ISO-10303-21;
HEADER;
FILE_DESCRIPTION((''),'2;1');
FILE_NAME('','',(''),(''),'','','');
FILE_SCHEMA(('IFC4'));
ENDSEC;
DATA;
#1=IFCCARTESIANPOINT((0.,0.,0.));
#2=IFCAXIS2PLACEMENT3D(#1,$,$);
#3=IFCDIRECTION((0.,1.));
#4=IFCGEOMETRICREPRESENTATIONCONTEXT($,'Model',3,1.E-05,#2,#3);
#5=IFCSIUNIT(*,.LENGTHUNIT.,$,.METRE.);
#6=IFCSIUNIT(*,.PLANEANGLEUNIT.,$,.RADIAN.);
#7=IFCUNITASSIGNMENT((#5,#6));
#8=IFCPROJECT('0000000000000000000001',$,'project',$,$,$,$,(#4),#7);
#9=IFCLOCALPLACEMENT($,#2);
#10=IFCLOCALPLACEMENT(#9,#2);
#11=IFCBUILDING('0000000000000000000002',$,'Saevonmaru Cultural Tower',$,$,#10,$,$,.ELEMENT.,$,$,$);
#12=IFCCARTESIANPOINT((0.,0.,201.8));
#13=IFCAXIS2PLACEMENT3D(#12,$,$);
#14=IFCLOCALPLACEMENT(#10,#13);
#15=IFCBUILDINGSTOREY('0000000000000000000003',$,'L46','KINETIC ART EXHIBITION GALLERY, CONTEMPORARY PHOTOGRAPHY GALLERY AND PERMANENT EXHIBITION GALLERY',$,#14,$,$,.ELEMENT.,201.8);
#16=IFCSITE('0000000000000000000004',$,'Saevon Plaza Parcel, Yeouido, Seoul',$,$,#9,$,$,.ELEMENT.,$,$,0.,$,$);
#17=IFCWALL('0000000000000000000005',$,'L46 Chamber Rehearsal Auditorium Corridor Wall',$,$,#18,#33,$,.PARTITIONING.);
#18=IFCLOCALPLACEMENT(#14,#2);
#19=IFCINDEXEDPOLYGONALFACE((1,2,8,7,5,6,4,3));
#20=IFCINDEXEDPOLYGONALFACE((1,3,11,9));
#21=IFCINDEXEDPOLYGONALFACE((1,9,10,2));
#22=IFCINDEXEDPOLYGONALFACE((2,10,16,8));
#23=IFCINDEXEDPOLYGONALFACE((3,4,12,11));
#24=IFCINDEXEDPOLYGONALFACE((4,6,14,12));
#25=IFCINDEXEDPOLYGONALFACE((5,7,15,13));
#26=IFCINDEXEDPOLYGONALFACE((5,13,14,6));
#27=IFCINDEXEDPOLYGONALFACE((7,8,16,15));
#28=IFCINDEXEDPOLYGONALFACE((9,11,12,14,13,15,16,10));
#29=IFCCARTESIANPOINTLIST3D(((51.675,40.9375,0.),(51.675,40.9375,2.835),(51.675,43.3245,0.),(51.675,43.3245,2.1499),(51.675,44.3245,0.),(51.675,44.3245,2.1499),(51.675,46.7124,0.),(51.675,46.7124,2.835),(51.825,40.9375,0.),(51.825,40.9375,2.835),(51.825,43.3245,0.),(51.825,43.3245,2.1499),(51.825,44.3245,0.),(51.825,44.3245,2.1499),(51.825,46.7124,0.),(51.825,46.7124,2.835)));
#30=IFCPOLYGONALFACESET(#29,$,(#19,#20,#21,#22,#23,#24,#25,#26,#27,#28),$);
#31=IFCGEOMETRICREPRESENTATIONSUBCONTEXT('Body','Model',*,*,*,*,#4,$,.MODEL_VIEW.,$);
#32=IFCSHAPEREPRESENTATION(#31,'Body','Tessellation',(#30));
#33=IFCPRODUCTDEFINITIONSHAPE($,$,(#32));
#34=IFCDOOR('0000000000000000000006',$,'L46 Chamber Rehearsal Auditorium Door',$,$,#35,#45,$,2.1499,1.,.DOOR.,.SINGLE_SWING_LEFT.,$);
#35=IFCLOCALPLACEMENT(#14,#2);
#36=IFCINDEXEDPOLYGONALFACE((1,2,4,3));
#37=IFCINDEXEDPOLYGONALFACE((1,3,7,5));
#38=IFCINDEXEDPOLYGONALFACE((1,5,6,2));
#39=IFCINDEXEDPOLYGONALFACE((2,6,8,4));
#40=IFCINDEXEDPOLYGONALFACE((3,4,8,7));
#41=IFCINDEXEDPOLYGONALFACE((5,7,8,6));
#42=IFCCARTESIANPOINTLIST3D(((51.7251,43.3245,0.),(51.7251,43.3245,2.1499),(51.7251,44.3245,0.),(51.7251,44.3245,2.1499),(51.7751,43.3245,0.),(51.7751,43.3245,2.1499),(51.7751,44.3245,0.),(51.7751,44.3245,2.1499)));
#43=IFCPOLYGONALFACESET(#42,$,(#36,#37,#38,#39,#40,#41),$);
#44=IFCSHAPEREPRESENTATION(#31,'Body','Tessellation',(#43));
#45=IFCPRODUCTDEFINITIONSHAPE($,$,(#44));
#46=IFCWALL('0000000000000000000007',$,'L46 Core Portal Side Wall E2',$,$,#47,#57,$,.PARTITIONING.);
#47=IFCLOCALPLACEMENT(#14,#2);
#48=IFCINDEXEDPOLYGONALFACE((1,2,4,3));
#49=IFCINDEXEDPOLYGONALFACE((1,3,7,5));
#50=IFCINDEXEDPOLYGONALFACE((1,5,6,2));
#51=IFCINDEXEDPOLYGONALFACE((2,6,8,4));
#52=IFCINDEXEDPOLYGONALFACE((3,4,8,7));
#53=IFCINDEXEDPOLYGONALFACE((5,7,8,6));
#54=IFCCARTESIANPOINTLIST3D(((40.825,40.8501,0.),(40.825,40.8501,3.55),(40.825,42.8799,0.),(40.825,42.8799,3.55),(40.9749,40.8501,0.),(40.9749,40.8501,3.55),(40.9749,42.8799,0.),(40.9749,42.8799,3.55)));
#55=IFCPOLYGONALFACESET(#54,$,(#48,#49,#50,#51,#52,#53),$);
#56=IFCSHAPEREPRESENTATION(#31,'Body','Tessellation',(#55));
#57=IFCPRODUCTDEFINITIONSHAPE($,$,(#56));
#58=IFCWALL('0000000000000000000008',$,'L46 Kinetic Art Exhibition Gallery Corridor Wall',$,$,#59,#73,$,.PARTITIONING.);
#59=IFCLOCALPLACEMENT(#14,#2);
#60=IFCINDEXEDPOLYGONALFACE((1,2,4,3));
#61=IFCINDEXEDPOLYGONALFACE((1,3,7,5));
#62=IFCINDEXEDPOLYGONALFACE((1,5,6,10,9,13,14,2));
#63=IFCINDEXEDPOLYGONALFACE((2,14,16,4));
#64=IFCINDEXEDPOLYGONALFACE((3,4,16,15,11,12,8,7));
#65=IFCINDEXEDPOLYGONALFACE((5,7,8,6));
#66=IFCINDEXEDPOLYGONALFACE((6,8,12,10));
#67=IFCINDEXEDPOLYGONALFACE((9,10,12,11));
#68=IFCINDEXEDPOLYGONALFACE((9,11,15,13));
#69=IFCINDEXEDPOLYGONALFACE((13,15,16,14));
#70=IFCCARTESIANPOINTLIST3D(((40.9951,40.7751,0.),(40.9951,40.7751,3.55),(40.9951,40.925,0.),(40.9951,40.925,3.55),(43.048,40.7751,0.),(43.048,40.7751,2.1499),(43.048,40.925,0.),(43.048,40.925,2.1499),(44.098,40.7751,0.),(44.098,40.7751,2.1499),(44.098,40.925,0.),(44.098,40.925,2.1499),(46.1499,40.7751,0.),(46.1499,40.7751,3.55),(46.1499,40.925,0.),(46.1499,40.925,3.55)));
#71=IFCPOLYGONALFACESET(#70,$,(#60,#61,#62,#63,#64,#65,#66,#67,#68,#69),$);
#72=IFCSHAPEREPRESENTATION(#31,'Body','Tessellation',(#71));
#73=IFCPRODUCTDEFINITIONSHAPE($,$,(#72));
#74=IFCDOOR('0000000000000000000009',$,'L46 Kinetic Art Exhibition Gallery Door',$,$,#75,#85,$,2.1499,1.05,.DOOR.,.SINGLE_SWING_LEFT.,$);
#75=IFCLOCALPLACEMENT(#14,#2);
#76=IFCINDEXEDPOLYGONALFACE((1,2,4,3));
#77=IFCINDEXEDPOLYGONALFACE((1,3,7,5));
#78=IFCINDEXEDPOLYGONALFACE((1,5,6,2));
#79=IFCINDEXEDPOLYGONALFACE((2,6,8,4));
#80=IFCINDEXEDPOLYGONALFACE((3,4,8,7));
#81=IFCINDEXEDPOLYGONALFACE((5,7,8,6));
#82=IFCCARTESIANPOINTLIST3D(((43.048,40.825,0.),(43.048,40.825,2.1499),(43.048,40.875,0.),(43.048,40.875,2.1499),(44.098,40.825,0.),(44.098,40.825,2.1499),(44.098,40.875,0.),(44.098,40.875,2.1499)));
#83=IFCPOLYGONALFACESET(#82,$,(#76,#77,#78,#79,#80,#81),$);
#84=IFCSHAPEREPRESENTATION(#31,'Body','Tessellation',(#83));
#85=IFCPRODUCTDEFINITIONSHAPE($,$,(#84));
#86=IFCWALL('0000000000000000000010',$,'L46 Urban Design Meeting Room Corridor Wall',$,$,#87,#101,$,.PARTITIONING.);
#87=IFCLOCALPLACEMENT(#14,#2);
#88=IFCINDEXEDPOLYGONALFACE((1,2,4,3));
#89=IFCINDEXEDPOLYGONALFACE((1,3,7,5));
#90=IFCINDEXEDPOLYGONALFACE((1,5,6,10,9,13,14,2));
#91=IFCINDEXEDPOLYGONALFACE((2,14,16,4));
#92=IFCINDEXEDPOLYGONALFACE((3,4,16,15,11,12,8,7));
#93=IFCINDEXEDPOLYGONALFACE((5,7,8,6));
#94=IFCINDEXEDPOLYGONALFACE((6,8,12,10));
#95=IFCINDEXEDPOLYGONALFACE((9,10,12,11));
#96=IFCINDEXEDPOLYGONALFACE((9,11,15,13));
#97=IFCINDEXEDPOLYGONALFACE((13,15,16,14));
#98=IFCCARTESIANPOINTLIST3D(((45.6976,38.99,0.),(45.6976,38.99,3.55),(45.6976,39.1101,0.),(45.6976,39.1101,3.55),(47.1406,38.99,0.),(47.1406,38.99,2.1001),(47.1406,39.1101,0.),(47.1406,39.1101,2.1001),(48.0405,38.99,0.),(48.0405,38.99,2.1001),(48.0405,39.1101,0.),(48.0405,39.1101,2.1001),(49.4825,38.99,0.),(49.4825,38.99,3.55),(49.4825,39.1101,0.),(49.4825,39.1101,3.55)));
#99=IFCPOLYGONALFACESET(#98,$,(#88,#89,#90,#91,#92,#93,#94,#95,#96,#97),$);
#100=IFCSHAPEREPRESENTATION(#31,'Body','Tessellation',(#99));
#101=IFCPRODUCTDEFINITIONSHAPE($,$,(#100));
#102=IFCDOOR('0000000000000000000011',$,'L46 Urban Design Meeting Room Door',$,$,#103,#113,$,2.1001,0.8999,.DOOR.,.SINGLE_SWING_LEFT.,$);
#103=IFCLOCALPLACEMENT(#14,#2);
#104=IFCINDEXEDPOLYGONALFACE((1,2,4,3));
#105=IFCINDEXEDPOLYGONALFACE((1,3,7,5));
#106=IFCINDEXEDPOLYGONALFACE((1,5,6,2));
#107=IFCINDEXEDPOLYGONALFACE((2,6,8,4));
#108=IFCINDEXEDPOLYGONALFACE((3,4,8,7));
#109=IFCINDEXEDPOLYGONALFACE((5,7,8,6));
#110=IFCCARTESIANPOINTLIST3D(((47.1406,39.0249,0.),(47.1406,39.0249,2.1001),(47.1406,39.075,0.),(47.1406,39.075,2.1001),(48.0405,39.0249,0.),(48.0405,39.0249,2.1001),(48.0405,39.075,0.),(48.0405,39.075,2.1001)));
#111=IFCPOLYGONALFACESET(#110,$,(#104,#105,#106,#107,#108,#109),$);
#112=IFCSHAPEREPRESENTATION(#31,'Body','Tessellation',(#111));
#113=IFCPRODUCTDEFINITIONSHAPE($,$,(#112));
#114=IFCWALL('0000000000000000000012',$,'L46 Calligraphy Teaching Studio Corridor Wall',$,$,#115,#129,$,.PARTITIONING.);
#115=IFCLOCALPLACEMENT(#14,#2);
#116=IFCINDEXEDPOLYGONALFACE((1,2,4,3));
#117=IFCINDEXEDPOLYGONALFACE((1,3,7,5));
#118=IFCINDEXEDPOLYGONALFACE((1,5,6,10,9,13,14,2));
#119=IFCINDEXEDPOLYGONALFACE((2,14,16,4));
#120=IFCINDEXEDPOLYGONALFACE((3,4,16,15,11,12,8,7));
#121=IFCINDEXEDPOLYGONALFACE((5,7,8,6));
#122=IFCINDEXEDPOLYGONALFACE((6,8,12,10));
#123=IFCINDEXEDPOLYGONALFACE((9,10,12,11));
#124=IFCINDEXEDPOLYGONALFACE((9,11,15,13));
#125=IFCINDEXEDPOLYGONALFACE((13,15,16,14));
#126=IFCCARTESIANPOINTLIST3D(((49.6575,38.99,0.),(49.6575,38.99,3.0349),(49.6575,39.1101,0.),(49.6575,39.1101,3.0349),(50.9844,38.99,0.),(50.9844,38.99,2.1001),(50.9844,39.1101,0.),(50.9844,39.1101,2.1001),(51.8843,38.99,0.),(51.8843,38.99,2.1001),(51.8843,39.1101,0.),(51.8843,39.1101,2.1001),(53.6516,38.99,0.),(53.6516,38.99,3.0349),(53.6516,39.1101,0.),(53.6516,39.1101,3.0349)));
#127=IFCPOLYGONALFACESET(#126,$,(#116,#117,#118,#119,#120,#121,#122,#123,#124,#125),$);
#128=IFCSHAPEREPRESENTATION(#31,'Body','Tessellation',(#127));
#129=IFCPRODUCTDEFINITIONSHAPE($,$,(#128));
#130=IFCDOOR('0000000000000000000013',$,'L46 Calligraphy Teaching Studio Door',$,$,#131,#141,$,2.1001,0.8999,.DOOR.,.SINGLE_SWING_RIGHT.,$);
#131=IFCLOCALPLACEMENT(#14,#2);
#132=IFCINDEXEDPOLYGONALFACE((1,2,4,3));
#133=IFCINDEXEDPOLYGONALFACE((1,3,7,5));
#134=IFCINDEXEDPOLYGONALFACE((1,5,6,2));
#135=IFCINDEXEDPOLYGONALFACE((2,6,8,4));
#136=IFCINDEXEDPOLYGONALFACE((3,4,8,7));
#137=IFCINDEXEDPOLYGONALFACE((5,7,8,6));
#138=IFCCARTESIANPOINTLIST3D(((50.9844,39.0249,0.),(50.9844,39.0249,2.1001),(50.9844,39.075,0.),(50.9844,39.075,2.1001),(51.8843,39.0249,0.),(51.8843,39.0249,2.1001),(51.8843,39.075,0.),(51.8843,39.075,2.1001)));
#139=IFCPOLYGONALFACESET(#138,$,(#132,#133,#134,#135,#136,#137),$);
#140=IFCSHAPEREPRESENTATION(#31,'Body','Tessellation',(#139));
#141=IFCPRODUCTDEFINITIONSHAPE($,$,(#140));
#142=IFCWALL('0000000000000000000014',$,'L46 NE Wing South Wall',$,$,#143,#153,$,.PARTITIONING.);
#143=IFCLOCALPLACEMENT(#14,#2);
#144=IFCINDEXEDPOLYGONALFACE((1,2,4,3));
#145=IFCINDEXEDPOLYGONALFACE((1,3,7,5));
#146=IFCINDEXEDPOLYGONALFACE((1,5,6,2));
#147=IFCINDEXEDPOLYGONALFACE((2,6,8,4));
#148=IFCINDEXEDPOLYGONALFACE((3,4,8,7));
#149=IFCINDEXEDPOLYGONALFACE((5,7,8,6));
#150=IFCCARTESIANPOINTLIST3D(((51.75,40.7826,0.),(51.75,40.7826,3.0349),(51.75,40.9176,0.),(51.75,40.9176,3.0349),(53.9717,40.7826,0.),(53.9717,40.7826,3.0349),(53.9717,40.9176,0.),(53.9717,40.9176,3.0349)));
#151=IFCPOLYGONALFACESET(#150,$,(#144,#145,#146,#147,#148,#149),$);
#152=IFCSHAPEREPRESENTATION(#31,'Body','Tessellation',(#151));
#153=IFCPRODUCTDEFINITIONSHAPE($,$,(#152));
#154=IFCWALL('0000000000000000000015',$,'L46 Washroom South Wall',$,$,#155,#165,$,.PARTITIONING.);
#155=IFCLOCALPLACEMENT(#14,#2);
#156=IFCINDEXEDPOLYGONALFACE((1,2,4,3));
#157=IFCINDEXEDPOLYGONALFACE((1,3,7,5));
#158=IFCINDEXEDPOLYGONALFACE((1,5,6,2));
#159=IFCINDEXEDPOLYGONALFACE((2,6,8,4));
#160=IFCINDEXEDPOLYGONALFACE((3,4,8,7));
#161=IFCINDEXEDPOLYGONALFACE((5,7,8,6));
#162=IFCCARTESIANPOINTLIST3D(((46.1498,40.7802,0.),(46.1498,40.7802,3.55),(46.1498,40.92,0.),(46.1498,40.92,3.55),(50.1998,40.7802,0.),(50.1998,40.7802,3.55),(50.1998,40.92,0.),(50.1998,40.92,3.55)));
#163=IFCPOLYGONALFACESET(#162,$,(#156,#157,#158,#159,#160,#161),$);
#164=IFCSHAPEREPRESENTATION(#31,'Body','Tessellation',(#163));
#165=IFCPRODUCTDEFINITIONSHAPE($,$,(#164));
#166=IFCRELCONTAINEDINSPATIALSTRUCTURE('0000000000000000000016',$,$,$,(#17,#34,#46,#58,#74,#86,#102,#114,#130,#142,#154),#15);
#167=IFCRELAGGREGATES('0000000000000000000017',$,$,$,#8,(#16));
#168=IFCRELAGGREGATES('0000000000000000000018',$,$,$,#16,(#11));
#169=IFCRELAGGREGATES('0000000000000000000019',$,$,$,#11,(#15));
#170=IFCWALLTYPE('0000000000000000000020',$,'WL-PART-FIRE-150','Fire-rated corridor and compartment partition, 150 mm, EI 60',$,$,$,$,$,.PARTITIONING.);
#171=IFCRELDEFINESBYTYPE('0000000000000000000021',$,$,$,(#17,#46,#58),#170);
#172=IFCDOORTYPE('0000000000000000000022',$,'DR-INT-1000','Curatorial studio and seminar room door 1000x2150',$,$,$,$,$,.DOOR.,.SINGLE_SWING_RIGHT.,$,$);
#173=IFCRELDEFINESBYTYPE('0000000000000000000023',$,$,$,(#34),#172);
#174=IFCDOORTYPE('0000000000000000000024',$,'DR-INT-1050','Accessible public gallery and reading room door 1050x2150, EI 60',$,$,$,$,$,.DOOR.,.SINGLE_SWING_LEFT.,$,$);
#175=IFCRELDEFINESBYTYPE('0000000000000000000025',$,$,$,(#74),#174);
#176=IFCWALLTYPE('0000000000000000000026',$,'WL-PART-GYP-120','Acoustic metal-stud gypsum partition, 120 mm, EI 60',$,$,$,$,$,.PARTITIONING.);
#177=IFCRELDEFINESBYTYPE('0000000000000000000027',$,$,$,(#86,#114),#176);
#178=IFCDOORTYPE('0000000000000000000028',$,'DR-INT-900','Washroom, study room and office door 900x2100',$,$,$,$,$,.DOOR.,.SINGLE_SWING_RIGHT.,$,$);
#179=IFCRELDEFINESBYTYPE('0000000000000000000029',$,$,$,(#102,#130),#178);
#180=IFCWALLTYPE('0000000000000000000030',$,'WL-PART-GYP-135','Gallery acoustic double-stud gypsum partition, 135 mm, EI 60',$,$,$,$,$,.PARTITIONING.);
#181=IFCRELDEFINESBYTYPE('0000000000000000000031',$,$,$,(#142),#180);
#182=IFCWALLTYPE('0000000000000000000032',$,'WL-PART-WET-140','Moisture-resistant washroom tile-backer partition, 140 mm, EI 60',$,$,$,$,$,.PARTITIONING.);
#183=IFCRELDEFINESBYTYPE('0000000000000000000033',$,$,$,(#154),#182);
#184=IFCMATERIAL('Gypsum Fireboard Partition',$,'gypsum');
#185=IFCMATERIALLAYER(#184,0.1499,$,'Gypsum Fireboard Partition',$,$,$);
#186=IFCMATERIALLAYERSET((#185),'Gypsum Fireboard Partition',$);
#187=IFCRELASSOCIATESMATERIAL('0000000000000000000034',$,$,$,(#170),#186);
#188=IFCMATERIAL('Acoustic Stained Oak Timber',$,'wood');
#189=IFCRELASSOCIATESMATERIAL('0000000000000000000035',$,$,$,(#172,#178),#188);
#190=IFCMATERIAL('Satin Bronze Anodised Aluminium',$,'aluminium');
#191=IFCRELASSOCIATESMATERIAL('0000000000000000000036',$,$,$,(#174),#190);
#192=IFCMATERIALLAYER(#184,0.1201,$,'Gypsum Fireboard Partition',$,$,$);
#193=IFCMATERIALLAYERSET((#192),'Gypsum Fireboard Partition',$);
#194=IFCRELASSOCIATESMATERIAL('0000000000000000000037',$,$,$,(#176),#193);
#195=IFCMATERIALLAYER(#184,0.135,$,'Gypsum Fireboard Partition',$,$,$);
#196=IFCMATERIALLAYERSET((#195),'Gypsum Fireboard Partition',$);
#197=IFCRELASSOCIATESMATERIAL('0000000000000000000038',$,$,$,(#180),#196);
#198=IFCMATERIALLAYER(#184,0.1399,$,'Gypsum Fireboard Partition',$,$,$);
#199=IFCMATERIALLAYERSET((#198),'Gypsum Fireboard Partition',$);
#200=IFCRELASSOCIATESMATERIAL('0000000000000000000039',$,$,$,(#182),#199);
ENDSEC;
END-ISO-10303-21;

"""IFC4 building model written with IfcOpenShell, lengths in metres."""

from ifc_helpers import new_model, si_unit, direction, frame, frame_2d, origin, place, context, subcontext, project, spatial, rectangle, extrude, material, layer, layer_set, type_object, element, fill, save


model = new_model("IFC4")

# Units and contexts
model_context = context("Model", 3, precision=1e-05, world=origin(), true_north=direction((0.0, 1.0)))
body_context = subcontext(model_context, "Body", "Model", "MODEL_VIEW")
ifc_project = project(units=[si_unit("LENGTHUNIT", "METRE"), si_unit("PLANEANGLEUNIT", "RADIAN")], contexts=[model_context])

# Site, building, storey
site_placement = place(None, origin())
site = spatial("IfcSite", under=ifc_project, at=site_placement, Name="Saevon Plaza Parcel, Yeouido, Seoul", CompositionType="ELEMENT", RefElevation=0.0)
building_placement = place(site_placement, origin())
building = spatial("IfcBuilding", under=site, at=building_placement, Name="Saevonmaru Cultural Tower", CompositionType="ELEMENT")
storey_placement = place(building_placement, frame((0.0, 0.0, 201.8)))
storey = spatial("IfcBuildingStorey", under=building, at=storey_placement, Name="L46", Description="KINETIC ART EXHIBITION GALLERY, CONTEMPORARY PHOTOGRAPHY GALLERY AND PERMANENT EXHIBITION GALLERY", CompositionType="ELEMENT", Elevation=201.8)

# Shared definitions
ifc_material_1 = material(Name="Satin Bronze Anodised Aluminium", Category="aluminium")

# Wall, opening, door
ifc_material_2 = material(Name="Gypsum Fireboard Partition", Category="gypsum")
ifc_layer_1 = layer(ifc_material_2, 0.1499, Name="Gypsum Fireboard Partition")
ifc_layer_set_1 = layer_set([ifc_layer_1], Name="Gypsum Fireboard Partition")
wall_type_1 = type_object("IfcWallType", Name="WL-PART-FIRE-150", Description="Fire-rated corridor and compartment partition, 150 mm, EI 60", PredefinedType="PARTITIONING", material=ifc_layer_set_1)
wall_1_placement = place(storey_placement, frame((51.75, 40.9375, 0.0), z_axis=(0.0, 0.0, 1.0), x_axis=(0.0, 1.0, 0.0)))
wall_1 = element("IfcWall", 1, at=wall_1_placement, inside=storey, type_object=wall_type_1, Name="L46 Chamber Rehearsal Auditorium Corridor Wall", PredefinedType="PARTITIONING", context=body_context, shape_type="SweptSolid", body=[
    extrude(rectangle(XDim=5.7749, YDim=0.1499, at=frame_2d((2.8875, 0.0))), origin(), (0.0, 0.0, 1.0), 2.835),
])
opening_1_placement = place(wall_1_placement, frame((2.387, 0.0, 0.0)))
opening_1 = element("IfcOpeningElement", 2, at=opening_1_placement, cuts=wall_1, PredefinedType="OPENING", context=body_context, shape_type="SweptSolid", body=[
    extrude(rectangle(XDim=1.0, YDim=2.1499, at=frame_2d((0.5, 1.075))), frame((0.0, 0.085, 0.0), z_axis=(0.0, -1.0, 0.0), x_axis=(1.0, 0.0, 0.0)), (0.0, 0.0, 1.0), 0.1699),
])
ifc_material_3 = material(Name="Acoustic Stained Oak Timber", Category="wood")
door_type_1 = type_object("IfcDoorType", Name="DR-INT-1000", Description="Curatorial studio and seminar room door 1000x2150", OperationType="SINGLE_SWING_RIGHT", PredefinedType="DOOR", material=ifc_material_3)
door_1_placement = place(opening_1_placement, origin())
door_1 = element("IfcDoor", 3, at=door_1_placement, inside=storey, type_object=door_type_1, Name="L46 Chamber Rehearsal Auditorium Door", OperationType="SINGLE_SWING_LEFT", OverallHeight=2.1499, OverallWidth=1.0, PredefinedType="DOOR", context=body_context, shape_type="SweptSolid", body=[
    extrude(rectangle(XDim=1.0, YDim=2.1499, at=frame_2d((0.5, 1.075))), frame((0.0, 0.0249, 0.0), z_axis=(0.0, -1.0, 0.0), x_axis=(1.0, 0.0, 0.0)), (0.0, 0.0, 1.0), 0.05),
])
fill(opening_1, door_1)

# Wall
wall_2_placement = place(storey_placement, frame((40.8999, 40.8501, 0.0), z_axis=(0.0, 0.0, 1.0), x_axis=(0.0, 1.0, 0.0)))
element("IfcWall", 4, at=wall_2_placement, inside=storey, type_object=wall_type_1, Name="L46 Core Portal Side Wall E2", PredefinedType="PARTITIONING", context=body_context, shape_type="SweptSolid", body=[
    extrude(rectangle(XDim=2.0298, YDim=0.1499, at=frame_2d((1.0149, 0.0))), origin(), (0.0, 0.0, 1.0), 3.55),
])

# Walls, openings, doors
wall_3_placement = place(storey_placement, frame((40.9951, 40.8501, 0.0), z_axis=(0.0, 0.0, 1.0), x_axis=(1.0, 0.0, 0.0)))
wall_3 = element("IfcWall", 5, at=wall_3_placement, inside=storey, type_object=wall_type_1, Name="L46 Kinetic Art Exhibition Gallery Corridor Wall", PredefinedType="PARTITIONING", context=body_context, shape_type="SweptSolid", body=[
    extrude(rectangle(XDim=5.1548, YDim=0.1499, at=frame_2d((2.5774, 0.0))), origin(), (0.0, 0.0, 1.0), 3.55),
])
opening_2_placement = place(wall_3_placement, frame((2.053, 0.0, 0.0)))
opening_2 = element("IfcOpeningElement", 6, at=opening_2_placement, cuts=wall_3, PredefinedType="OPENING", context=body_context, shape_type="SweptSolid", body=[
    extrude(rectangle(XDim=1.05, YDim=2.1499, at=frame_2d((0.5249, 1.075))), frame((0.0, 0.085, 0.0), z_axis=(0.0, -1.0, 0.0), x_axis=(1.0, 0.0, 0.0)), (0.0, 0.0, 1.0), 0.1699),
])
door_type_2 = type_object("IfcDoorType", Name="DR-INT-1050", Description="Accessible public gallery and reading room door 1050x2150, EI 60", OperationType="SINGLE_SWING_LEFT", PredefinedType="DOOR", material=ifc_material_1)
door_2_placement = place(opening_2_placement, origin())
door_2 = element("IfcDoor", 7, at=door_2_placement, inside=storey, type_object=door_type_2, Name="L46 Kinetic Art Exhibition Gallery Door", OperationType="SINGLE_SWING_LEFT", OverallHeight=2.1499, OverallWidth=1.05, PredefinedType="DOOR", context=body_context, shape_type="SweptSolid", body=[
    extrude(rectangle(XDim=1.05, YDim=2.1499, at=frame_2d((0.5249, 1.075))), frame((0.0, 0.0249, 0.0), z_axis=(0.0, -1.0, 0.0), x_axis=(1.0, 0.0, 0.0)), (0.0, 0.0, 1.0), 0.05),
])
fill(opening_2, door_2)
ifc_layer_2 = layer(ifc_material_2, 0.1201, Name="Gypsum Fireboard Partition")
ifc_layer_set_2 = layer_set([ifc_layer_2], Name="Gypsum Fireboard Partition")
wall_type_2 = type_object("IfcWallType", Name="WL-PART-GYP-120", Description="Acoustic metal-stud gypsum partition, 120 mm, EI 60", PredefinedType="PARTITIONING", material=ifc_layer_set_2)
wall_4_placement = place(storey_placement, frame((45.6975, 39.05, 0.0), z_axis=(0.0, 0.0, 1.0), x_axis=(1.0, 0.0, 0.0)))
wall_4 = element("IfcWall", 8, at=wall_4_placement, inside=storey, type_object=wall_type_2, Name="L46 Urban Design Meeting Room Corridor Wall", PredefinedType="PARTITIONING", context=body_context, shape_type="SweptSolid", body=[
    extrude(rectangle(XDim=3.7849, YDim=0.1201, at=frame_2d((1.8926, 0.0))), origin(), (0.0, 0.0, 1.0), 3.55),
])
opening_3_placement = place(wall_4_placement, frame((1.4431, 0.0, 0.0)))
opening_3 = element("IfcOpeningElement", 9, at=opening_3_placement, cuts=wall_4, PredefinedType="OPENING", context=body_context, shape_type="SweptSolid", body=[
    extrude(rectangle(XDim=0.8999, YDim=2.1001, at=frame_2d((0.45, 1.05))), frame((0.0, 0.0701, 0.0), z_axis=(0.0, -1.0, 0.0), x_axis=(1.0, 0.0, 0.0)), (0.0, 0.0, 1.0), 0.1401),
])
door_type_3 = type_object("IfcDoorType", Name="DR-INT-900", Description="Washroom, study room and office door 900x2100", OperationType="SINGLE_SWING_RIGHT", PredefinedType="DOOR", material=ifc_material_3)
door_3_placement = place(opening_3_placement, origin())
door_3 = element("IfcDoor", 10, at=door_3_placement, inside=storey, type_object=door_type_3, Name="L46 Urban Design Meeting Room Door", OperationType="SINGLE_SWING_LEFT", OverallHeight=2.1001, OverallWidth=0.8999, PredefinedType="DOOR", context=body_context, shape_type="SweptSolid", body=[
    extrude(rectangle(XDim=0.8999, YDim=2.1001, at=frame_2d((0.45, 1.05))), frame((0.0, 0.0249, 0.0), z_axis=(0.0, -1.0, 0.0), x_axis=(1.0, 0.0, 0.0)), (0.0, 0.0, 1.0), 0.05),
])
fill(opening_3, door_3)
wall_5_placement = place(storey_placement, frame((49.6575, 39.05, 0.0), z_axis=(0.0, 0.0, 1.0), x_axis=(1.0, 0.0, 0.0)))
wall_5 = element("IfcWall", 11, at=wall_5_placement, inside=storey, type_object=wall_type_2, Name="L46 Calligraphy Teaching Studio Corridor Wall", PredefinedType="PARTITIONING", context=body_context, shape_type="SweptSolid", body=[
    extrude(rectangle(XDim=3.9941, YDim=0.1201, at=frame_2d((1.9971, 0.0))), origin(), (0.0, 0.0, 1.0), 3.0349),
])
opening_4_placement = place(wall_5_placement, frame((1.3269, 0.0, 0.0)))
opening_4 = element("IfcOpeningElement", 12, at=opening_4_placement, cuts=wall_5, PredefinedType="OPENING", context=body_context, shape_type="SweptSolid", body=[
    extrude(rectangle(XDim=0.8999, YDim=2.1001, at=frame_2d((0.45, 1.05))), frame((0.0, 0.0701, 0.0), z_axis=(0.0, -1.0, 0.0), x_axis=(1.0, 0.0, 0.0)), (0.0, 0.0, 1.0), 0.1401),
])
door_4_placement = place(opening_4_placement, origin())
door_4 = element("IfcDoor", 13, at=door_4_placement, inside=storey, type_object=door_type_3, Name="L46 Calligraphy Teaching Studio Door", OperationType="SINGLE_SWING_RIGHT", OverallHeight=2.1001, OverallWidth=0.8999, PredefinedType="DOOR", context=body_context, shape_type="SweptSolid", body=[
    extrude(rectangle(XDim=0.8999, YDim=2.1001, at=frame_2d((0.45, 1.05))), frame((0.0, 0.0249, 0.0), z_axis=(0.0, -1.0, 0.0), x_axis=(1.0, 0.0, 0.0)), (0.0, 0.0, 1.0), 0.05),
])
fill(opening_4, door_4)

# Walls
ifc_layer_3 = layer(ifc_material_2, 0.135, Name="Gypsum Fireboard Partition")
ifc_layer_set_3 = layer_set([ifc_layer_3], Name="Gypsum Fireboard Partition")
wall_type_3 = type_object("IfcWallType", Name="WL-PART-GYP-135", Description="Gallery acoustic double-stud gypsum partition, 135 mm, EI 60", PredefinedType="PARTITIONING", material=ifc_layer_set_3)
wall_6_placement = place(storey_placement, frame((51.75, 40.8501, 0.0), z_axis=(0.0, 0.0, 1.0), x_axis=(1.0, 0.0, 0.0)))
element("IfcWall", 14, at=wall_6_placement, inside=storey, type_object=wall_type_3, Name="L46 NE Wing South Wall", PredefinedType="PARTITIONING", context=body_context, shape_type="SweptSolid", body=[
    extrude(rectangle(XDim=2.2217, YDim=0.135, at=frame_2d((1.1108, 0.0))), origin(), (0.0, 0.0, 1.0), 3.0349),
])
ifc_layer_4 = layer(ifc_material_2, 0.1399, Name="Gypsum Fireboard Partition")
ifc_layer_set_4 = layer_set([ifc_layer_4], Name="Gypsum Fireboard Partition")
wall_type_4 = type_object("IfcWallType", Name="WL-PART-WET-140", Description="Moisture-resistant washroom tile-backer partition, 140 mm, EI 60", PredefinedType="PARTITIONING", material=ifc_layer_set_4)
wall_7_placement = place(storey_placement, frame((46.1499, 40.8501, 0.0), z_axis=(0.0, 0.0, 1.0), x_axis=(1.0, 0.0, 0.0)))
element("IfcWall", 15, at=wall_7_placement, inside=storey, type_object=wall_type_4, Name="L46 Washroom South Wall", PredefinedType="PARTITIONING", context=body_context, shape_type="SweptSolid", body=[
    extrude(rectangle(XDim=4.05, YDim=0.1399, at=frame_2d((2.0249, 0.0))), origin(), (0.0, 0.0, 1.0), 3.55),
])

save(model, "model.ifc")
